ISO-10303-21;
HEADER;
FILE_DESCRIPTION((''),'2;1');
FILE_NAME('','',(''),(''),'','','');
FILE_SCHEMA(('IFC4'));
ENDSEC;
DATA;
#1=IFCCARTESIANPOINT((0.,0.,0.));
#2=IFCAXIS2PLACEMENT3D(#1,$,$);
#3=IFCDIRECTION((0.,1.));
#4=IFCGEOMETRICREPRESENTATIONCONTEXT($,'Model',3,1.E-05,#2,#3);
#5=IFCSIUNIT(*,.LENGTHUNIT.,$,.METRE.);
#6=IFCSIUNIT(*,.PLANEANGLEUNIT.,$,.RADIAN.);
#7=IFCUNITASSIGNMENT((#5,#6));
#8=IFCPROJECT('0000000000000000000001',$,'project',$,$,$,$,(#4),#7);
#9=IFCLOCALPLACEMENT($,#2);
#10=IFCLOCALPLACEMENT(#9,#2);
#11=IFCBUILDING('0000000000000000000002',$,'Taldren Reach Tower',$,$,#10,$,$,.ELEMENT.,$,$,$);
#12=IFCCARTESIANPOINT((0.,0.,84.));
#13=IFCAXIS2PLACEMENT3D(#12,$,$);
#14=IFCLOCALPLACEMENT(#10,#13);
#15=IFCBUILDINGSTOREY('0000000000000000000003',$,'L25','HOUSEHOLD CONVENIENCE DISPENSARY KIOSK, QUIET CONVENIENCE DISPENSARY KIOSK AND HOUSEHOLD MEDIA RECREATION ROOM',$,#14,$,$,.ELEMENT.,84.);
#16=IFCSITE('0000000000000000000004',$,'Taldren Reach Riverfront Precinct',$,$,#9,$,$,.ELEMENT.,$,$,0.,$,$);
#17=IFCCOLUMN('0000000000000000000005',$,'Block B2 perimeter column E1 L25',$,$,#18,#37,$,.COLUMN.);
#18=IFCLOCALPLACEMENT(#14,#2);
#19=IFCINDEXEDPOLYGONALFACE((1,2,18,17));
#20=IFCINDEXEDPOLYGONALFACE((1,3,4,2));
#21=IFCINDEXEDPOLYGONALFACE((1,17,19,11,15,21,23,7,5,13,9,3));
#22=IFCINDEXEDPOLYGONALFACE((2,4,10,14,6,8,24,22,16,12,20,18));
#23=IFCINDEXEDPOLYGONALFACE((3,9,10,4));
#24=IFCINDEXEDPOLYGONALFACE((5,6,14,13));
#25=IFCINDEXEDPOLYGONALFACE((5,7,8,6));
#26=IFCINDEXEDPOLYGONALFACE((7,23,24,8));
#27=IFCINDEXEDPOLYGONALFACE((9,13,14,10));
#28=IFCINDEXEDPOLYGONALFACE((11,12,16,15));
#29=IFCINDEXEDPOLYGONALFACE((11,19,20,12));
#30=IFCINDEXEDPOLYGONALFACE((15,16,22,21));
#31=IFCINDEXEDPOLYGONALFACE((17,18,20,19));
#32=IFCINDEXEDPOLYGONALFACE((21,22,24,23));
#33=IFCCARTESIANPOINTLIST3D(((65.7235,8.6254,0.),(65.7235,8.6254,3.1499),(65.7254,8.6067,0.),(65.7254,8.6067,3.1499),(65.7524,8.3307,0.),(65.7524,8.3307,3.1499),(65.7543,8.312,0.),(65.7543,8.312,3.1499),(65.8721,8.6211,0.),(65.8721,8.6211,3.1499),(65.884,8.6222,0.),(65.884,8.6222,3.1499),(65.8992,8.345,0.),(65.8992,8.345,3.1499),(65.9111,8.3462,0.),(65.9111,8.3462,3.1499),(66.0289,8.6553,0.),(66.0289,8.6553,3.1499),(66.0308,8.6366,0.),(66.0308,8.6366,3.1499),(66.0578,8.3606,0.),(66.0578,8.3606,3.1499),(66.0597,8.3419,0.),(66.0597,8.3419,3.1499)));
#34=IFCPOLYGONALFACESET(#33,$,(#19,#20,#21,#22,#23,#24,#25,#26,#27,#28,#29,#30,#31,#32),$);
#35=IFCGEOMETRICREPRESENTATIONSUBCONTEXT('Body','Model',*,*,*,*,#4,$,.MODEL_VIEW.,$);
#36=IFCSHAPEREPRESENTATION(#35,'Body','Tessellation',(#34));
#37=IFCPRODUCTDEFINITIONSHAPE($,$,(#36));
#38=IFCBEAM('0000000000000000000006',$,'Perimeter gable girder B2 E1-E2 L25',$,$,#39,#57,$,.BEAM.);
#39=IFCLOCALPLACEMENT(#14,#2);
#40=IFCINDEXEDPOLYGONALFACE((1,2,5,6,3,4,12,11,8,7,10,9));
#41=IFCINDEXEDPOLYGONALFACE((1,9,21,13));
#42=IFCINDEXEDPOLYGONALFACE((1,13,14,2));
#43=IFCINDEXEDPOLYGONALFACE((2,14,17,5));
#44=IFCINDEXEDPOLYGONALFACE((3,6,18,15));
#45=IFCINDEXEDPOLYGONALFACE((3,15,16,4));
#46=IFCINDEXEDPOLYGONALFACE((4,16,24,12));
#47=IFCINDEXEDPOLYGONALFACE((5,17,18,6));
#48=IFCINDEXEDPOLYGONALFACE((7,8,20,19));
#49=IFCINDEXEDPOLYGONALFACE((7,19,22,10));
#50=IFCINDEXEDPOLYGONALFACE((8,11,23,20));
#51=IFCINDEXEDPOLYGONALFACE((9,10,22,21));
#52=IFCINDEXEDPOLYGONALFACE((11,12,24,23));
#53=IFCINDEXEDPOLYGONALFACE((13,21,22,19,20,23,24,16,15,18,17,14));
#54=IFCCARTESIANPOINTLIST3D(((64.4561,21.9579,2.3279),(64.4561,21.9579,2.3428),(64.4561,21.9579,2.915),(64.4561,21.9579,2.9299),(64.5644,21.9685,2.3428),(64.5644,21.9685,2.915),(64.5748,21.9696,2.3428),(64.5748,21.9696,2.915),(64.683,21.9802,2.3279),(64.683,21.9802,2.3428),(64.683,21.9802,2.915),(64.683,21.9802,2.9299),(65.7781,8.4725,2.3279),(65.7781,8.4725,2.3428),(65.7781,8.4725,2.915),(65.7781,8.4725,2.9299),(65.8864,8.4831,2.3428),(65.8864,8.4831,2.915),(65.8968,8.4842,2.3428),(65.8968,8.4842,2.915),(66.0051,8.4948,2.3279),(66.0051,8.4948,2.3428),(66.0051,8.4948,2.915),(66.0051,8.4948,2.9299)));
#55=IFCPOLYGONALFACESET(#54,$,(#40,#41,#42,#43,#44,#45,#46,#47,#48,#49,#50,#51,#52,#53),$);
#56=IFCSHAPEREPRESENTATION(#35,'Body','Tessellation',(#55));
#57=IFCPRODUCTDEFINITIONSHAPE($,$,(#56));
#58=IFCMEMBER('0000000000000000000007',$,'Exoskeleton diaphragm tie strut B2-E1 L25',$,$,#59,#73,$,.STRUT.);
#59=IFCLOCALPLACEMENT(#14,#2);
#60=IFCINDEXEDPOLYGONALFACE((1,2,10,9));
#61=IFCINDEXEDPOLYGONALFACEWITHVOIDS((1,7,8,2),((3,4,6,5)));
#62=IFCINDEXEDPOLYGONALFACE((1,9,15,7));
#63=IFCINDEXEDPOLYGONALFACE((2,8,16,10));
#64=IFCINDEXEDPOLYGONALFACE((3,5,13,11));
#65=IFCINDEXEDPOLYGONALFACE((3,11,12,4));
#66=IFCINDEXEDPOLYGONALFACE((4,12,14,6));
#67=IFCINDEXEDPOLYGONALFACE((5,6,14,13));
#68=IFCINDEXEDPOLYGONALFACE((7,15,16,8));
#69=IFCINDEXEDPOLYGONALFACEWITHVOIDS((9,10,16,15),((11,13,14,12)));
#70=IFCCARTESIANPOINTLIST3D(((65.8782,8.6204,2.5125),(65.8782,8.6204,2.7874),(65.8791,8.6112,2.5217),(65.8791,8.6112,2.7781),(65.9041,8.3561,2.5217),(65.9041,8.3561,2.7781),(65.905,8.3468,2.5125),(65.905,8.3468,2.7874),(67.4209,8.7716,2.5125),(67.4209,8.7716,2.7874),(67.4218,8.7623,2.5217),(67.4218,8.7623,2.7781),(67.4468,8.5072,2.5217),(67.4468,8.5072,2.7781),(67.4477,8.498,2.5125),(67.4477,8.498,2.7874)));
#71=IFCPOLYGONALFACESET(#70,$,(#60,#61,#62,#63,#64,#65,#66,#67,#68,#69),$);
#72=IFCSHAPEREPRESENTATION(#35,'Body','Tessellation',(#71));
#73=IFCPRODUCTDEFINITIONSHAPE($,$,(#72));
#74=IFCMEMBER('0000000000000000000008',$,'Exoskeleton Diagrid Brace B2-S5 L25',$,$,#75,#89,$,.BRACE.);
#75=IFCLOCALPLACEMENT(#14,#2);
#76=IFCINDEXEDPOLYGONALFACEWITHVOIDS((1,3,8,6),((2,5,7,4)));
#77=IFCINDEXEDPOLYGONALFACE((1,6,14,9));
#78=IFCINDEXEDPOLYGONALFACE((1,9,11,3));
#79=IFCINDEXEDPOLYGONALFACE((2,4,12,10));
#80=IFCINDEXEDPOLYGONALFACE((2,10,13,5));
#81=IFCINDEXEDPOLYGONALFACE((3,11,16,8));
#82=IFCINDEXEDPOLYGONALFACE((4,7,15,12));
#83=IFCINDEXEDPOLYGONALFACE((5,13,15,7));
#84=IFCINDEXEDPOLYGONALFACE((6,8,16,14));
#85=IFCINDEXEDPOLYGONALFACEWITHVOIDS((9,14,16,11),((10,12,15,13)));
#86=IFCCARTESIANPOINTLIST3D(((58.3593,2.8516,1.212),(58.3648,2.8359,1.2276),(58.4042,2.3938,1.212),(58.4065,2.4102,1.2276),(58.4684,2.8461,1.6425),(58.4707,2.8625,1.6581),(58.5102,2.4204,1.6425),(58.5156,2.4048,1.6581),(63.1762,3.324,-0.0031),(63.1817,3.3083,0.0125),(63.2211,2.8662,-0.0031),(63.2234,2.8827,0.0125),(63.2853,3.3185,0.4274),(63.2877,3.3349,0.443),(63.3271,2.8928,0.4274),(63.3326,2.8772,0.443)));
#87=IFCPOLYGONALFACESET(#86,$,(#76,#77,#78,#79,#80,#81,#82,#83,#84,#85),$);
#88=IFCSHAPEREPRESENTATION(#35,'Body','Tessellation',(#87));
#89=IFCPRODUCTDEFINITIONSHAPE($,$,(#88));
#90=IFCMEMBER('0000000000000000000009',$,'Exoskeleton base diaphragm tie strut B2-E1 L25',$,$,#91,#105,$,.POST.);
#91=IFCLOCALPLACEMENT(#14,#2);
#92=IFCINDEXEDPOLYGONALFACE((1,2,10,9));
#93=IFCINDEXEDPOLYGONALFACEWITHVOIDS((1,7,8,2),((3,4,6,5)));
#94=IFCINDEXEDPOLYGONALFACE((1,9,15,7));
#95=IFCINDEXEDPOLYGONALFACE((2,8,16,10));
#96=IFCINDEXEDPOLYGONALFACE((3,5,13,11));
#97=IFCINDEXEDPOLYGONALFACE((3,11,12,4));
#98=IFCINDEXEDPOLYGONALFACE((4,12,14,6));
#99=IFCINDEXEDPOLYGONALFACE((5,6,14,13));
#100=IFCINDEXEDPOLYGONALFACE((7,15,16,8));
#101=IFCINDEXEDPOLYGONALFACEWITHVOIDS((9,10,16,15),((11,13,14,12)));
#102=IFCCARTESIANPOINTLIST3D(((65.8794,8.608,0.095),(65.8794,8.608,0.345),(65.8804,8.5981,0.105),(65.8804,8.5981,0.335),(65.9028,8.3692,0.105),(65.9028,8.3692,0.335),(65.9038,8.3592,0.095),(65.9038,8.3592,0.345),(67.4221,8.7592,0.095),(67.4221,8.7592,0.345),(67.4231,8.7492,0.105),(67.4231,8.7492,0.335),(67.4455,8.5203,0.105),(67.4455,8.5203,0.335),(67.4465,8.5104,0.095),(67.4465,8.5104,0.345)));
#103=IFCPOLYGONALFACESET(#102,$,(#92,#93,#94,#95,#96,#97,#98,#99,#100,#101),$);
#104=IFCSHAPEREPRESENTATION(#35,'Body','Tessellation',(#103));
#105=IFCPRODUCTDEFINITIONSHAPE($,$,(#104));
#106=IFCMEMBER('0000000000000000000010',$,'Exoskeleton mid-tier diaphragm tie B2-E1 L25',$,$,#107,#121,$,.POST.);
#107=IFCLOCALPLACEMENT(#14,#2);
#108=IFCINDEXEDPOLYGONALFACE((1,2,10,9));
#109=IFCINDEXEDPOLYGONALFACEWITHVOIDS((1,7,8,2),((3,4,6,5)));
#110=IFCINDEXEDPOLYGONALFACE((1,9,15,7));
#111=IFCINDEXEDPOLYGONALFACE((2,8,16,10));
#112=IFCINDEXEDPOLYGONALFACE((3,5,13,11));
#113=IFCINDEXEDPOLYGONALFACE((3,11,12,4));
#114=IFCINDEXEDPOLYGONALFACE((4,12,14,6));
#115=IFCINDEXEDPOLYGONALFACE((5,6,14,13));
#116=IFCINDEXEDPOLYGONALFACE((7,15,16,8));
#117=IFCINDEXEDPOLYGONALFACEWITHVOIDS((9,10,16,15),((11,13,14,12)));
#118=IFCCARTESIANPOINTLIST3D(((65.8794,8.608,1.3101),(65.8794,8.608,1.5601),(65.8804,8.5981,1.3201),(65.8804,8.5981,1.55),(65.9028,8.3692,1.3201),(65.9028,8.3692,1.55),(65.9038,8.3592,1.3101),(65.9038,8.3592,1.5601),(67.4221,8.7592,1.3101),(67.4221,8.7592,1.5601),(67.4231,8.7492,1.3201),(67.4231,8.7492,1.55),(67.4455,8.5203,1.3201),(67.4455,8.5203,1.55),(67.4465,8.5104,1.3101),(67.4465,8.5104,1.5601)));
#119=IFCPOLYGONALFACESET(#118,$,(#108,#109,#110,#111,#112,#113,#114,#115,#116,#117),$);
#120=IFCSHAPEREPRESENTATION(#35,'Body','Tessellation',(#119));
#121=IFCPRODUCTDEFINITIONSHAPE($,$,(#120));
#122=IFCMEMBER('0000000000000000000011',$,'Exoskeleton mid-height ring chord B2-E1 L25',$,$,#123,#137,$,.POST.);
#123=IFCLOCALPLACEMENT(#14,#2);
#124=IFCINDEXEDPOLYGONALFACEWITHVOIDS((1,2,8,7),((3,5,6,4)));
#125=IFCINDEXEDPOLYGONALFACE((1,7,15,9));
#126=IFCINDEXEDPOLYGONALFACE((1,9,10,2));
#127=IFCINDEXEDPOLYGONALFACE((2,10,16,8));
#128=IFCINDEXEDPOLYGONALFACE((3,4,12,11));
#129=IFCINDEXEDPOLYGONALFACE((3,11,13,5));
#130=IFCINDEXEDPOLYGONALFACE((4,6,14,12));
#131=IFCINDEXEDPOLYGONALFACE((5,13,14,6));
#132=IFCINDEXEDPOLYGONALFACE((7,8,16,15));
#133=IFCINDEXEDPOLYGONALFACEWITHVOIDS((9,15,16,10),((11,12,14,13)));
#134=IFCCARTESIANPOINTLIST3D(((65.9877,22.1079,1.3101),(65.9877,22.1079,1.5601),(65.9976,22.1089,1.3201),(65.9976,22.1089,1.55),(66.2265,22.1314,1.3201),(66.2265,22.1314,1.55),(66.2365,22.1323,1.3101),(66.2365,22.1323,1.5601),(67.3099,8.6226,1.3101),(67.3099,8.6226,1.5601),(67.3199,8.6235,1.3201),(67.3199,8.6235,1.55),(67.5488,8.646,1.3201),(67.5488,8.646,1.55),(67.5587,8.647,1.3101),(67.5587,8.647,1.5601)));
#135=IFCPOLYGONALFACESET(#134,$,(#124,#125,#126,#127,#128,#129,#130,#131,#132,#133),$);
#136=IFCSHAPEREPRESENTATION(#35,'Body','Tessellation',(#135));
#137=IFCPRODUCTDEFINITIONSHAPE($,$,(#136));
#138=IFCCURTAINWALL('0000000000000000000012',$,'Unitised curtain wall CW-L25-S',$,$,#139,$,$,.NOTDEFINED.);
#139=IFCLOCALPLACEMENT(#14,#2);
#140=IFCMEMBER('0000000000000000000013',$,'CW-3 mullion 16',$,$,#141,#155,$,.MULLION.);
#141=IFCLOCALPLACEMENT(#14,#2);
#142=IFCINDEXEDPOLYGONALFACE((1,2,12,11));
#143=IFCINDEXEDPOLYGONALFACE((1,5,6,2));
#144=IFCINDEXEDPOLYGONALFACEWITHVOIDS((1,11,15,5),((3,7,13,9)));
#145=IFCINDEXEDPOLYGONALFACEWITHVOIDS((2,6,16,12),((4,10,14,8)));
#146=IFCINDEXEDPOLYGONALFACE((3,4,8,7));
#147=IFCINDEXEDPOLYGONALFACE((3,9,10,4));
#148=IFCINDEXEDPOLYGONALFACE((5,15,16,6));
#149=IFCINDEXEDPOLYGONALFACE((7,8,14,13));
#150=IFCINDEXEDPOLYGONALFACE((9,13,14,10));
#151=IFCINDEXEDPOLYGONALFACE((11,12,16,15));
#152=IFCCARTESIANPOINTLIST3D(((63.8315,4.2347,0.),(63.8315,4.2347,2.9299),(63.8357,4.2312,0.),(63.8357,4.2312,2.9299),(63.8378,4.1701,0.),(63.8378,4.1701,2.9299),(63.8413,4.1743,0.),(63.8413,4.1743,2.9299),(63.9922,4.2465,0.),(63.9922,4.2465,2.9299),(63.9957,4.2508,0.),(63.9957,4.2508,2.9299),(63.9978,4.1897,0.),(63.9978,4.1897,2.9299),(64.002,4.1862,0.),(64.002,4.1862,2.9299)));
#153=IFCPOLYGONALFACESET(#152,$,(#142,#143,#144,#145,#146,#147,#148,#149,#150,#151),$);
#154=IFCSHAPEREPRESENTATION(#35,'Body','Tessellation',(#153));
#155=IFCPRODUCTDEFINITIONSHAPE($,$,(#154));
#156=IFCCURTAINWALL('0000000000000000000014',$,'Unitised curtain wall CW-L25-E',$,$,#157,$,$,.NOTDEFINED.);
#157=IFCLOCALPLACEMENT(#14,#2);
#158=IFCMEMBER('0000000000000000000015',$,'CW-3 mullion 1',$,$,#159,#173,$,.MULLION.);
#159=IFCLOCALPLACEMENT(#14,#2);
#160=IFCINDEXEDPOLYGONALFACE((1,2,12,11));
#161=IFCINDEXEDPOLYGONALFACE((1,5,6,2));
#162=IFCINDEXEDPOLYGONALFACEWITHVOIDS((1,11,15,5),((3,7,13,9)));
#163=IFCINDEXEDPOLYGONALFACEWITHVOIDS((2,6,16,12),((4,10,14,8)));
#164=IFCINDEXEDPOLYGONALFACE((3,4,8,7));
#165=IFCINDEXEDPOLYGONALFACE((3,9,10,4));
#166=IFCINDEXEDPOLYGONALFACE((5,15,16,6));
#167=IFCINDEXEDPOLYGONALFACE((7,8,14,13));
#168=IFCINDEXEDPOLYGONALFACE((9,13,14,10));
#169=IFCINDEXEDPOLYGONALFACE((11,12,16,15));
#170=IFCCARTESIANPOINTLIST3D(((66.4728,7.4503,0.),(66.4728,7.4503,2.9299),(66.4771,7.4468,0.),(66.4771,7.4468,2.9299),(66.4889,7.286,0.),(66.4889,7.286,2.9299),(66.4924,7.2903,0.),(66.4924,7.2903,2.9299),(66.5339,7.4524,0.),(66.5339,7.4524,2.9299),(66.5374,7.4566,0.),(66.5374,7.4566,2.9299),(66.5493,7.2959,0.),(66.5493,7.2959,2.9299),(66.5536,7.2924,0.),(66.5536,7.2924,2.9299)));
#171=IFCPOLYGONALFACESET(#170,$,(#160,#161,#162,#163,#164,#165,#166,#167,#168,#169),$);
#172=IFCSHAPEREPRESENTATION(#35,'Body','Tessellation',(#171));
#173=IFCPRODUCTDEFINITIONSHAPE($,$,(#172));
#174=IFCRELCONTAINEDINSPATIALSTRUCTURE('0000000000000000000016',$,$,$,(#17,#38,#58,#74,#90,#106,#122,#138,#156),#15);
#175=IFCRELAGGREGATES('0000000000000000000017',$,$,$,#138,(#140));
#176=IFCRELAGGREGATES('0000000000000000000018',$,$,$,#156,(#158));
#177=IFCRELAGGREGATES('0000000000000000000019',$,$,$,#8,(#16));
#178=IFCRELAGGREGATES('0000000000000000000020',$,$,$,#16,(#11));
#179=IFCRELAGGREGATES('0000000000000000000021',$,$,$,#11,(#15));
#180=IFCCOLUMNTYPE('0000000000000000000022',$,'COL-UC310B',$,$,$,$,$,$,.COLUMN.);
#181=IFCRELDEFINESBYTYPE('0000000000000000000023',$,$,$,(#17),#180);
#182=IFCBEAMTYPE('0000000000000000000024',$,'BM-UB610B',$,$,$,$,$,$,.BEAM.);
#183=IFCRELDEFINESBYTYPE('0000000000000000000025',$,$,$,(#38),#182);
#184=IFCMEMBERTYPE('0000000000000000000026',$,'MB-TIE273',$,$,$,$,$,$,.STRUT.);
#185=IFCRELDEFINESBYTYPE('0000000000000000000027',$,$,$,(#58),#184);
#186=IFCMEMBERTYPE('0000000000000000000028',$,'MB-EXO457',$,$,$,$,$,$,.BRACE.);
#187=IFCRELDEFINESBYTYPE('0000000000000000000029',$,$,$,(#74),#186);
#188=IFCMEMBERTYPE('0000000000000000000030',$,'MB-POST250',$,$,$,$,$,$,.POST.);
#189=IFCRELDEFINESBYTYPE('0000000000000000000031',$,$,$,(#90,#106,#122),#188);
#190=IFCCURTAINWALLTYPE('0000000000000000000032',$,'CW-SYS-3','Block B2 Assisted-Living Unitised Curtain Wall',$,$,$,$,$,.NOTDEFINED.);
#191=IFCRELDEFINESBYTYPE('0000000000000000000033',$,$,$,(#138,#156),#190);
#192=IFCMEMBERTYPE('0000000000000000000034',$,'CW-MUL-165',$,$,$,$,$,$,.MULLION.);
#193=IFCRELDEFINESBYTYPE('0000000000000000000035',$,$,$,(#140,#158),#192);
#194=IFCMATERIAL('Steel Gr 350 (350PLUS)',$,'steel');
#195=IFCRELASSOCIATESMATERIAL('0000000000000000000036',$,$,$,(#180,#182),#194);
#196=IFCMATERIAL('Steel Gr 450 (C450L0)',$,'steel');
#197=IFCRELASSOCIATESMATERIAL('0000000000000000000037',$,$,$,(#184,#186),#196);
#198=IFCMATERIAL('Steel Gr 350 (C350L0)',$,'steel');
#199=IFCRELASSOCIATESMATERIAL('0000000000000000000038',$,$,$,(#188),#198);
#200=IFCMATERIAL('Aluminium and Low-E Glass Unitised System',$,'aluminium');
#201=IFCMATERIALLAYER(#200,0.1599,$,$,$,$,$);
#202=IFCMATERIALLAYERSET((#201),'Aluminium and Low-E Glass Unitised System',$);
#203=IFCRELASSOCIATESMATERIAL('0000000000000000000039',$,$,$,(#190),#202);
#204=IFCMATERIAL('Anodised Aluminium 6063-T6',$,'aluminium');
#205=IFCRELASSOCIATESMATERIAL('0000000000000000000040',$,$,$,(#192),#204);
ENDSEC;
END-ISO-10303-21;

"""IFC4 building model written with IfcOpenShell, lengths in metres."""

from ifc_helpers import new_model, si_unit, direction, frame, origin, origin_2d, place, context, subcontext, project, spatial, hollow_rectangle, i_section, extrude, source, transform, mapped, material, layer, layer_set, material_profile, profile_set, type_object, element, aggregate, save


model = new_model("IFC4")

# Units and contexts
model_context = context("Model", 3, precision=1e-05, world=origin(), true_north=direction((0.0, 1.0)))
body_context = subcontext(model_context, "Body", "Model", "MODEL_VIEW")
ifc_project = project(units=[si_unit("LENGTHUNIT", "METRE"), si_unit("PLANEANGLEUNIT", "RADIAN")], contexts=[model_context])

# Site, building, storey
site_placement = place(None, origin())
site = spatial("IfcSite", under=ifc_project, at=site_placement, Name="Taldren Reach Riverfront Precinct", CompositionType="ELEMENT", RefElevation=0.0)
building_placement = place(site_placement, origin())
building = spatial("IfcBuilding", under=site, at=building_placement, Name="Taldren Reach Tower", CompositionType="ELEMENT")
storey_placement = place(building_placement, frame((0.0, 0.0, 84.0)))
storey = spatial("IfcBuildingStorey", under=building, at=storey_placement, Name="L25", Description="HOUSEHOLD CONVENIENCE DISPENSARY KIOSK, QUIET CONVENIENCE DISPENSARY KIOSK AND HOUSEHOLD MEDIA RECREATION ROOM", CompositionType="ELEMENT", Elevation=84.0)

# Column
ifc_material_1 = material(Name="Steel Gr 350 (350PLUS)", Category="steel")
ifc_material_profile_1 = material_profile(ifc_material_1, i_section(OverallWidth=0.3069, OverallDepth=0.3149, WebThickness=0.012, FlangeThickness=0.0188, at=origin_2d()), Name="310UC118")
ifc_profile_set_1 = profile_set([ifc_material_profile_1], Name="Steel Gr 350 (350PLUS)")
column_type = type_object("IfcColumnType", Name="COL-UC310B", PredefinedType="COLUMN", material=ifc_profile_set_1)
shared_shape_1 = source(origin(), body_context, "Body", "SweptSolid", [
    extrude(i_section(OverallWidth=0.3069, OverallDepth=0.3149, WebThickness=0.012, FlangeThickness=0.0188, at=origin_2d()), origin(), (0.0, 0.0, 1.0), 3.1499),
])
column_placement = place(storey_placement, frame((65.8916, 8.4836, 0.0), z_axis=(0.0, 0.0, 1.0), x_axis=(0.995227, 0.097583, 0.0)))
element("IfcColumn", 1, at=column_placement, inside=storey, type_object=column_type, Name="Block B2 perimeter column E1 L25", PredefinedType="COLUMN", context=body_context, shape_type="MappedRepresentation", body=[
    mapped(shared_shape_1, transform((0.0, 0.0, 0.0), scale=1.0)),
])

# Beam
ifc_material_profile_2 = material_profile(ifc_material_1, i_section(OverallWidth=0.228, OverallDepth=0.6021, WebThickness=0.0105, FlangeThickness=0.0149, at=origin_2d()), Name="610UB101")
ifc_profile_set_2 = profile_set([ifc_material_profile_2], Name="Steel Gr 350 (350PLUS)")
beam_type = type_object("IfcBeamType", Name="BM-UB610B", PredefinedType="BEAM", material=ifc_profile_set_2)
shared_shape_2 = source(origin(), body_context, "Body", "SweptSolid", [
    extrude(i_section(OverallWidth=0.228, OverallDepth=0.6021, WebThickness=0.0105, FlangeThickness=0.0149, at=origin_2d()), origin(), (0.0, 0.0, 1.0), 13.55),
])
beam_placement = place(storey_placement, frame((65.8916, 8.4836, 2.6289), z_axis=(-0.097566, 0.995229, 0.0), x_axis=(-0.995229, -0.097566, 0.0)))
element("IfcBeam", 2, at=beam_placement, inside=storey, type_object=beam_type, Name="Perimeter gable girder B2 E1-E2 L25", PredefinedType="BEAM", context=body_context, shape_type="MappedRepresentation", body=[
    mapped(shared_shape_2, transform((0.0, 0.0, 0.0), scale=1.0)),
])

# Members
ifc_material_2 = material(Name="Steel Gr 450 (C450L0)", Category="steel")
ifc_material_profile_3 = material_profile(ifc_material_2, hollow_rectangle(XDim=0.2749, YDim=0.2749, WallThickness=0.0093, at=origin_2d()), Name="275x275x9.3SHS")
ifc_profile_set_3 = profile_set([ifc_material_profile_3], Name="Steel Gr 450 (C450L0)")
member_type_1 = type_object("IfcMemberType", Name="MB-TIE273", PredefinedType="STRUT", material=ifc_profile_set_3)
shared_shape_3 = source(origin(), body_context, "Body", "SweptSolid", [
    extrude(hollow_rectangle(XDim=0.2749, YDim=0.2749, WallThickness=0.0093, at=origin_2d()), origin(), (0.0, 0.0, 1.0), 1.55),
])
member_1_placement = place(storey_placement, frame((65.8916, 8.4836, 2.6499), z_axis=(0.995236, 0.097492, 0.0), x_axis=(-0.097492, 0.995236, 0.0)))
element("IfcMember", 3, at=member_1_placement, inside=storey, type_object=member_type_1, Name="Exoskeleton diaphragm tie strut B2-E1 L25", PredefinedType="STRUT", context=body_context, shape_type="MappedRepresentation", body=[
    mapped(shared_shape_3, transform((0.0, 0.0, 0.0), scale=1.0)),
])
ifc_material_profile_4 = material_profile(ifc_material_2, hollow_rectangle(XDim=0.46, YDim=0.46, WallThickness=0.0161, at=origin_2d()), Name="460x460x16.0SHS")
ifc_profile_set_4 = profile_set([ifc_material_profile_4], Name="Steel Gr 450 (C450L0)")
member_type_2 = type_object("IfcMemberType", Name="MB-EXO457", PredefinedType="BRACE", material=ifc_profile_set_4)
shared_shape_4 = source(origin(), body_context, "Body", "SweptSolid", [
    extrude(hollow_rectangle(XDim=0.46, YDim=0.46, WallThickness=0.0161, at=origin_2d()), origin(), (0.0, 0.0, 1.0), 4.9902),
])
member_2_placement = place(storey_placement, frame((63.2544, 3.1006, 0.22), z_axis=(-0.965271, -0.094668, 0.243495), x_axis=(0.097606, -0.995225, 0.0)))
element("IfcMember", 4, at=member_2_placement, inside=storey, type_object=member_type_2, Name="Exoskeleton Diagrid Brace B2-S5 L25", PredefinedType="BRACE", context=body_context, shape_type="MappedRepresentation", body=[
    mapped(shared_shape_4, transform((0.0, 0.0, 0.0), scale=1.0)),
])
ifc_material_3 = material(Name="Steel Gr 350 (C350L0)", Category="steel")
ifc_material_profile_5 = material_profile(ifc_material_3, hollow_rectangle(XDim=0.25, YDim=0.25, WallThickness=0.01, at=origin_2d()), Name="250x250x10.0SHS")
ifc_profile_set_5 = profile_set([ifc_material_profile_5], Name="Steel Gr 350 (C350L0)")
member_type_3 = type_object("IfcMemberType", Name="MB-POST250", PredefinedType="POST", material=ifc_profile_set_5)
shared_shape_5 = source(origin(), body_context, "Body", "SweptSolid", [
    extrude(hollow_rectangle(XDim=0.25, YDim=0.25, WallThickness=0.01, at=origin_2d()), origin(), (0.0, 0.0, 1.0), 1.55),
])
for number, where, z_axis, x_axis, name in (
    (5, (65.8916, 8.4836, 0.22), (0.995236, 0.097492, 0.0), (-0.097492, 0.995236, 0.0), "Exoskeleton base diaphragm tie strut B2-E1 L25"),
    (6, (65.8916, 8.4836, 1.4351), (0.995236, 0.097492, 0.0), (-0.097492, 0.995236, 0.0), "Exoskeleton mid-tier diaphragm tie B2-E1 L25"),
):
    element("IfcMember", number, at=place(storey_placement, frame(where, z_axis=z_axis, x_axis=x_axis)), inside=storey, type_object=member_type_3, Name=name, PredefinedType="POST", context=body_context, shape_type="MappedRepresentation", body=[
        mapped(shared_shape_5, transform((0.0, 0.0, 0.0), scale=1.0)),
    ])
shared_shape_6 = source(origin(), body_context, "Body", "SweptSolid", [
    extrude(hollow_rectangle(XDim=0.25, YDim=0.25, WallThickness=0.01, at=origin_2d()), origin(), (0.0, 0.0, 1.0), 13.55),
])
member_3_placement = place(storey_placement, frame((67.4343, 8.6348, 1.4351), z_axis=(-0.097584, 0.995227, 0.0), x_axis=(-0.995227, -0.097584, 0.0)))
element("IfcMember", 7, at=member_3_placement, inside=storey, type_object=member_type_3, Name="Exoskeleton mid-height ring chord B2-E1 L25", PredefinedType="POST", context=body_context, shape_type="MappedRepresentation", body=[
    mapped(shared_shape_6, transform((0.0, 0.0, 0.0), scale=1.0)),
])

# Curtain wall, member
ifc_material_4 = material(Name="Aluminium and Low-E Glass Unitised System", Category="aluminium")
ifc_layer_1 = layer(ifc_material_4, 0.1599)
ifc_layer_set_1 = layer_set([ifc_layer_1], Name="Aluminium and Low-E Glass Unitised System")
curtain_wall_type = type_object("IfcCurtainWallType", Name="CW-SYS-3", Description="Block B2 Assisted-Living Unitised Curtain Wall", PredefinedType="NOTDEFINED", material=ifc_layer_set_1)
curtain_wall_1_placement = place(storey_placement, origin())
curtain_wall_1 = element("IfcCurtainWall", 8, at=curtain_wall_1_placement, inside=storey, type_object=curtain_wall_type, Name="Unitised curtain wall CW-L25-S", PredefinedType="NOTDEFINED")
ifc_material_5 = material(Name="Anodised Aluminium 6063-T6", Category="aluminium")
ifc_material_profile_6 = material_profile(ifc_material_5, hollow_rectangle(XDim=0.0649, YDim=0.165, WallThickness=0.0039, at=origin_2d()), Name="ALU-165x65x4RHS")
ifc_profile_set_6 = profile_set([ifc_material_profile_6], Name="Anodised Aluminium 6063-T6")
member_type_4 = type_object("IfcMemberType", Name="CW-MUL-165", PredefinedType="MULLION", material=ifc_profile_set_6)
shared_shape_7 = source(origin(), body_context, "Body", "SweptSolid", [
    extrude(hollow_rectangle(XDim=0.0649, YDim=0.165, WallThickness=0.0039, at=origin_2d()), origin(), (0.0, 0.0, 1.0), 2.9299),
])
member_4_placement = place(storey_placement, frame((63.9167, 4.2104, 0.0), z_axis=(0.0, 0.0, 1.0), x_axis=(-0.097583, 0.995227, 0.0)))
member_4 = element("IfcMember", 9, at=member_4_placement, type_object=member_type_4, Name="CW-3 mullion 16", PredefinedType="MULLION", context=body_context, shape_type="MappedRepresentation", body=[
    mapped(shared_shape_7, transform((0.0, 0.0, 0.0), scale=1.0)),
])
aggregate(curtain_wall_1, [member_4])

# Curtain wall, member
curtain_wall_2_placement = place(storey_placement, origin())
curtain_wall_2 = element("IfcCurtainWall", 10, at=curtain_wall_2_placement, inside=storey, type_object=curtain_wall_type, Name="Unitised curtain wall CW-L25-E", PredefinedType="NOTDEFINED")
member_5_placement = place(storey_placement, frame((66.5132, 7.3713, 0.0), z_axis=(0.0, 0.0, 1.0), x_axis=(-0.995227, -0.097583, 0.0)))
member_5 = element("IfcMember", 11, at=member_5_placement, type_object=member_type_4, Name="CW-3 mullion 1", PredefinedType="MULLION", context=body_context, shape_type="MappedRepresentation", body=[
    mapped(shared_shape_7, transform((0.0, 0.0, 0.0), scale=1.0)),
])

aggregate(curtain_wall_2, [member_5])

save(model, "model.ifc")
